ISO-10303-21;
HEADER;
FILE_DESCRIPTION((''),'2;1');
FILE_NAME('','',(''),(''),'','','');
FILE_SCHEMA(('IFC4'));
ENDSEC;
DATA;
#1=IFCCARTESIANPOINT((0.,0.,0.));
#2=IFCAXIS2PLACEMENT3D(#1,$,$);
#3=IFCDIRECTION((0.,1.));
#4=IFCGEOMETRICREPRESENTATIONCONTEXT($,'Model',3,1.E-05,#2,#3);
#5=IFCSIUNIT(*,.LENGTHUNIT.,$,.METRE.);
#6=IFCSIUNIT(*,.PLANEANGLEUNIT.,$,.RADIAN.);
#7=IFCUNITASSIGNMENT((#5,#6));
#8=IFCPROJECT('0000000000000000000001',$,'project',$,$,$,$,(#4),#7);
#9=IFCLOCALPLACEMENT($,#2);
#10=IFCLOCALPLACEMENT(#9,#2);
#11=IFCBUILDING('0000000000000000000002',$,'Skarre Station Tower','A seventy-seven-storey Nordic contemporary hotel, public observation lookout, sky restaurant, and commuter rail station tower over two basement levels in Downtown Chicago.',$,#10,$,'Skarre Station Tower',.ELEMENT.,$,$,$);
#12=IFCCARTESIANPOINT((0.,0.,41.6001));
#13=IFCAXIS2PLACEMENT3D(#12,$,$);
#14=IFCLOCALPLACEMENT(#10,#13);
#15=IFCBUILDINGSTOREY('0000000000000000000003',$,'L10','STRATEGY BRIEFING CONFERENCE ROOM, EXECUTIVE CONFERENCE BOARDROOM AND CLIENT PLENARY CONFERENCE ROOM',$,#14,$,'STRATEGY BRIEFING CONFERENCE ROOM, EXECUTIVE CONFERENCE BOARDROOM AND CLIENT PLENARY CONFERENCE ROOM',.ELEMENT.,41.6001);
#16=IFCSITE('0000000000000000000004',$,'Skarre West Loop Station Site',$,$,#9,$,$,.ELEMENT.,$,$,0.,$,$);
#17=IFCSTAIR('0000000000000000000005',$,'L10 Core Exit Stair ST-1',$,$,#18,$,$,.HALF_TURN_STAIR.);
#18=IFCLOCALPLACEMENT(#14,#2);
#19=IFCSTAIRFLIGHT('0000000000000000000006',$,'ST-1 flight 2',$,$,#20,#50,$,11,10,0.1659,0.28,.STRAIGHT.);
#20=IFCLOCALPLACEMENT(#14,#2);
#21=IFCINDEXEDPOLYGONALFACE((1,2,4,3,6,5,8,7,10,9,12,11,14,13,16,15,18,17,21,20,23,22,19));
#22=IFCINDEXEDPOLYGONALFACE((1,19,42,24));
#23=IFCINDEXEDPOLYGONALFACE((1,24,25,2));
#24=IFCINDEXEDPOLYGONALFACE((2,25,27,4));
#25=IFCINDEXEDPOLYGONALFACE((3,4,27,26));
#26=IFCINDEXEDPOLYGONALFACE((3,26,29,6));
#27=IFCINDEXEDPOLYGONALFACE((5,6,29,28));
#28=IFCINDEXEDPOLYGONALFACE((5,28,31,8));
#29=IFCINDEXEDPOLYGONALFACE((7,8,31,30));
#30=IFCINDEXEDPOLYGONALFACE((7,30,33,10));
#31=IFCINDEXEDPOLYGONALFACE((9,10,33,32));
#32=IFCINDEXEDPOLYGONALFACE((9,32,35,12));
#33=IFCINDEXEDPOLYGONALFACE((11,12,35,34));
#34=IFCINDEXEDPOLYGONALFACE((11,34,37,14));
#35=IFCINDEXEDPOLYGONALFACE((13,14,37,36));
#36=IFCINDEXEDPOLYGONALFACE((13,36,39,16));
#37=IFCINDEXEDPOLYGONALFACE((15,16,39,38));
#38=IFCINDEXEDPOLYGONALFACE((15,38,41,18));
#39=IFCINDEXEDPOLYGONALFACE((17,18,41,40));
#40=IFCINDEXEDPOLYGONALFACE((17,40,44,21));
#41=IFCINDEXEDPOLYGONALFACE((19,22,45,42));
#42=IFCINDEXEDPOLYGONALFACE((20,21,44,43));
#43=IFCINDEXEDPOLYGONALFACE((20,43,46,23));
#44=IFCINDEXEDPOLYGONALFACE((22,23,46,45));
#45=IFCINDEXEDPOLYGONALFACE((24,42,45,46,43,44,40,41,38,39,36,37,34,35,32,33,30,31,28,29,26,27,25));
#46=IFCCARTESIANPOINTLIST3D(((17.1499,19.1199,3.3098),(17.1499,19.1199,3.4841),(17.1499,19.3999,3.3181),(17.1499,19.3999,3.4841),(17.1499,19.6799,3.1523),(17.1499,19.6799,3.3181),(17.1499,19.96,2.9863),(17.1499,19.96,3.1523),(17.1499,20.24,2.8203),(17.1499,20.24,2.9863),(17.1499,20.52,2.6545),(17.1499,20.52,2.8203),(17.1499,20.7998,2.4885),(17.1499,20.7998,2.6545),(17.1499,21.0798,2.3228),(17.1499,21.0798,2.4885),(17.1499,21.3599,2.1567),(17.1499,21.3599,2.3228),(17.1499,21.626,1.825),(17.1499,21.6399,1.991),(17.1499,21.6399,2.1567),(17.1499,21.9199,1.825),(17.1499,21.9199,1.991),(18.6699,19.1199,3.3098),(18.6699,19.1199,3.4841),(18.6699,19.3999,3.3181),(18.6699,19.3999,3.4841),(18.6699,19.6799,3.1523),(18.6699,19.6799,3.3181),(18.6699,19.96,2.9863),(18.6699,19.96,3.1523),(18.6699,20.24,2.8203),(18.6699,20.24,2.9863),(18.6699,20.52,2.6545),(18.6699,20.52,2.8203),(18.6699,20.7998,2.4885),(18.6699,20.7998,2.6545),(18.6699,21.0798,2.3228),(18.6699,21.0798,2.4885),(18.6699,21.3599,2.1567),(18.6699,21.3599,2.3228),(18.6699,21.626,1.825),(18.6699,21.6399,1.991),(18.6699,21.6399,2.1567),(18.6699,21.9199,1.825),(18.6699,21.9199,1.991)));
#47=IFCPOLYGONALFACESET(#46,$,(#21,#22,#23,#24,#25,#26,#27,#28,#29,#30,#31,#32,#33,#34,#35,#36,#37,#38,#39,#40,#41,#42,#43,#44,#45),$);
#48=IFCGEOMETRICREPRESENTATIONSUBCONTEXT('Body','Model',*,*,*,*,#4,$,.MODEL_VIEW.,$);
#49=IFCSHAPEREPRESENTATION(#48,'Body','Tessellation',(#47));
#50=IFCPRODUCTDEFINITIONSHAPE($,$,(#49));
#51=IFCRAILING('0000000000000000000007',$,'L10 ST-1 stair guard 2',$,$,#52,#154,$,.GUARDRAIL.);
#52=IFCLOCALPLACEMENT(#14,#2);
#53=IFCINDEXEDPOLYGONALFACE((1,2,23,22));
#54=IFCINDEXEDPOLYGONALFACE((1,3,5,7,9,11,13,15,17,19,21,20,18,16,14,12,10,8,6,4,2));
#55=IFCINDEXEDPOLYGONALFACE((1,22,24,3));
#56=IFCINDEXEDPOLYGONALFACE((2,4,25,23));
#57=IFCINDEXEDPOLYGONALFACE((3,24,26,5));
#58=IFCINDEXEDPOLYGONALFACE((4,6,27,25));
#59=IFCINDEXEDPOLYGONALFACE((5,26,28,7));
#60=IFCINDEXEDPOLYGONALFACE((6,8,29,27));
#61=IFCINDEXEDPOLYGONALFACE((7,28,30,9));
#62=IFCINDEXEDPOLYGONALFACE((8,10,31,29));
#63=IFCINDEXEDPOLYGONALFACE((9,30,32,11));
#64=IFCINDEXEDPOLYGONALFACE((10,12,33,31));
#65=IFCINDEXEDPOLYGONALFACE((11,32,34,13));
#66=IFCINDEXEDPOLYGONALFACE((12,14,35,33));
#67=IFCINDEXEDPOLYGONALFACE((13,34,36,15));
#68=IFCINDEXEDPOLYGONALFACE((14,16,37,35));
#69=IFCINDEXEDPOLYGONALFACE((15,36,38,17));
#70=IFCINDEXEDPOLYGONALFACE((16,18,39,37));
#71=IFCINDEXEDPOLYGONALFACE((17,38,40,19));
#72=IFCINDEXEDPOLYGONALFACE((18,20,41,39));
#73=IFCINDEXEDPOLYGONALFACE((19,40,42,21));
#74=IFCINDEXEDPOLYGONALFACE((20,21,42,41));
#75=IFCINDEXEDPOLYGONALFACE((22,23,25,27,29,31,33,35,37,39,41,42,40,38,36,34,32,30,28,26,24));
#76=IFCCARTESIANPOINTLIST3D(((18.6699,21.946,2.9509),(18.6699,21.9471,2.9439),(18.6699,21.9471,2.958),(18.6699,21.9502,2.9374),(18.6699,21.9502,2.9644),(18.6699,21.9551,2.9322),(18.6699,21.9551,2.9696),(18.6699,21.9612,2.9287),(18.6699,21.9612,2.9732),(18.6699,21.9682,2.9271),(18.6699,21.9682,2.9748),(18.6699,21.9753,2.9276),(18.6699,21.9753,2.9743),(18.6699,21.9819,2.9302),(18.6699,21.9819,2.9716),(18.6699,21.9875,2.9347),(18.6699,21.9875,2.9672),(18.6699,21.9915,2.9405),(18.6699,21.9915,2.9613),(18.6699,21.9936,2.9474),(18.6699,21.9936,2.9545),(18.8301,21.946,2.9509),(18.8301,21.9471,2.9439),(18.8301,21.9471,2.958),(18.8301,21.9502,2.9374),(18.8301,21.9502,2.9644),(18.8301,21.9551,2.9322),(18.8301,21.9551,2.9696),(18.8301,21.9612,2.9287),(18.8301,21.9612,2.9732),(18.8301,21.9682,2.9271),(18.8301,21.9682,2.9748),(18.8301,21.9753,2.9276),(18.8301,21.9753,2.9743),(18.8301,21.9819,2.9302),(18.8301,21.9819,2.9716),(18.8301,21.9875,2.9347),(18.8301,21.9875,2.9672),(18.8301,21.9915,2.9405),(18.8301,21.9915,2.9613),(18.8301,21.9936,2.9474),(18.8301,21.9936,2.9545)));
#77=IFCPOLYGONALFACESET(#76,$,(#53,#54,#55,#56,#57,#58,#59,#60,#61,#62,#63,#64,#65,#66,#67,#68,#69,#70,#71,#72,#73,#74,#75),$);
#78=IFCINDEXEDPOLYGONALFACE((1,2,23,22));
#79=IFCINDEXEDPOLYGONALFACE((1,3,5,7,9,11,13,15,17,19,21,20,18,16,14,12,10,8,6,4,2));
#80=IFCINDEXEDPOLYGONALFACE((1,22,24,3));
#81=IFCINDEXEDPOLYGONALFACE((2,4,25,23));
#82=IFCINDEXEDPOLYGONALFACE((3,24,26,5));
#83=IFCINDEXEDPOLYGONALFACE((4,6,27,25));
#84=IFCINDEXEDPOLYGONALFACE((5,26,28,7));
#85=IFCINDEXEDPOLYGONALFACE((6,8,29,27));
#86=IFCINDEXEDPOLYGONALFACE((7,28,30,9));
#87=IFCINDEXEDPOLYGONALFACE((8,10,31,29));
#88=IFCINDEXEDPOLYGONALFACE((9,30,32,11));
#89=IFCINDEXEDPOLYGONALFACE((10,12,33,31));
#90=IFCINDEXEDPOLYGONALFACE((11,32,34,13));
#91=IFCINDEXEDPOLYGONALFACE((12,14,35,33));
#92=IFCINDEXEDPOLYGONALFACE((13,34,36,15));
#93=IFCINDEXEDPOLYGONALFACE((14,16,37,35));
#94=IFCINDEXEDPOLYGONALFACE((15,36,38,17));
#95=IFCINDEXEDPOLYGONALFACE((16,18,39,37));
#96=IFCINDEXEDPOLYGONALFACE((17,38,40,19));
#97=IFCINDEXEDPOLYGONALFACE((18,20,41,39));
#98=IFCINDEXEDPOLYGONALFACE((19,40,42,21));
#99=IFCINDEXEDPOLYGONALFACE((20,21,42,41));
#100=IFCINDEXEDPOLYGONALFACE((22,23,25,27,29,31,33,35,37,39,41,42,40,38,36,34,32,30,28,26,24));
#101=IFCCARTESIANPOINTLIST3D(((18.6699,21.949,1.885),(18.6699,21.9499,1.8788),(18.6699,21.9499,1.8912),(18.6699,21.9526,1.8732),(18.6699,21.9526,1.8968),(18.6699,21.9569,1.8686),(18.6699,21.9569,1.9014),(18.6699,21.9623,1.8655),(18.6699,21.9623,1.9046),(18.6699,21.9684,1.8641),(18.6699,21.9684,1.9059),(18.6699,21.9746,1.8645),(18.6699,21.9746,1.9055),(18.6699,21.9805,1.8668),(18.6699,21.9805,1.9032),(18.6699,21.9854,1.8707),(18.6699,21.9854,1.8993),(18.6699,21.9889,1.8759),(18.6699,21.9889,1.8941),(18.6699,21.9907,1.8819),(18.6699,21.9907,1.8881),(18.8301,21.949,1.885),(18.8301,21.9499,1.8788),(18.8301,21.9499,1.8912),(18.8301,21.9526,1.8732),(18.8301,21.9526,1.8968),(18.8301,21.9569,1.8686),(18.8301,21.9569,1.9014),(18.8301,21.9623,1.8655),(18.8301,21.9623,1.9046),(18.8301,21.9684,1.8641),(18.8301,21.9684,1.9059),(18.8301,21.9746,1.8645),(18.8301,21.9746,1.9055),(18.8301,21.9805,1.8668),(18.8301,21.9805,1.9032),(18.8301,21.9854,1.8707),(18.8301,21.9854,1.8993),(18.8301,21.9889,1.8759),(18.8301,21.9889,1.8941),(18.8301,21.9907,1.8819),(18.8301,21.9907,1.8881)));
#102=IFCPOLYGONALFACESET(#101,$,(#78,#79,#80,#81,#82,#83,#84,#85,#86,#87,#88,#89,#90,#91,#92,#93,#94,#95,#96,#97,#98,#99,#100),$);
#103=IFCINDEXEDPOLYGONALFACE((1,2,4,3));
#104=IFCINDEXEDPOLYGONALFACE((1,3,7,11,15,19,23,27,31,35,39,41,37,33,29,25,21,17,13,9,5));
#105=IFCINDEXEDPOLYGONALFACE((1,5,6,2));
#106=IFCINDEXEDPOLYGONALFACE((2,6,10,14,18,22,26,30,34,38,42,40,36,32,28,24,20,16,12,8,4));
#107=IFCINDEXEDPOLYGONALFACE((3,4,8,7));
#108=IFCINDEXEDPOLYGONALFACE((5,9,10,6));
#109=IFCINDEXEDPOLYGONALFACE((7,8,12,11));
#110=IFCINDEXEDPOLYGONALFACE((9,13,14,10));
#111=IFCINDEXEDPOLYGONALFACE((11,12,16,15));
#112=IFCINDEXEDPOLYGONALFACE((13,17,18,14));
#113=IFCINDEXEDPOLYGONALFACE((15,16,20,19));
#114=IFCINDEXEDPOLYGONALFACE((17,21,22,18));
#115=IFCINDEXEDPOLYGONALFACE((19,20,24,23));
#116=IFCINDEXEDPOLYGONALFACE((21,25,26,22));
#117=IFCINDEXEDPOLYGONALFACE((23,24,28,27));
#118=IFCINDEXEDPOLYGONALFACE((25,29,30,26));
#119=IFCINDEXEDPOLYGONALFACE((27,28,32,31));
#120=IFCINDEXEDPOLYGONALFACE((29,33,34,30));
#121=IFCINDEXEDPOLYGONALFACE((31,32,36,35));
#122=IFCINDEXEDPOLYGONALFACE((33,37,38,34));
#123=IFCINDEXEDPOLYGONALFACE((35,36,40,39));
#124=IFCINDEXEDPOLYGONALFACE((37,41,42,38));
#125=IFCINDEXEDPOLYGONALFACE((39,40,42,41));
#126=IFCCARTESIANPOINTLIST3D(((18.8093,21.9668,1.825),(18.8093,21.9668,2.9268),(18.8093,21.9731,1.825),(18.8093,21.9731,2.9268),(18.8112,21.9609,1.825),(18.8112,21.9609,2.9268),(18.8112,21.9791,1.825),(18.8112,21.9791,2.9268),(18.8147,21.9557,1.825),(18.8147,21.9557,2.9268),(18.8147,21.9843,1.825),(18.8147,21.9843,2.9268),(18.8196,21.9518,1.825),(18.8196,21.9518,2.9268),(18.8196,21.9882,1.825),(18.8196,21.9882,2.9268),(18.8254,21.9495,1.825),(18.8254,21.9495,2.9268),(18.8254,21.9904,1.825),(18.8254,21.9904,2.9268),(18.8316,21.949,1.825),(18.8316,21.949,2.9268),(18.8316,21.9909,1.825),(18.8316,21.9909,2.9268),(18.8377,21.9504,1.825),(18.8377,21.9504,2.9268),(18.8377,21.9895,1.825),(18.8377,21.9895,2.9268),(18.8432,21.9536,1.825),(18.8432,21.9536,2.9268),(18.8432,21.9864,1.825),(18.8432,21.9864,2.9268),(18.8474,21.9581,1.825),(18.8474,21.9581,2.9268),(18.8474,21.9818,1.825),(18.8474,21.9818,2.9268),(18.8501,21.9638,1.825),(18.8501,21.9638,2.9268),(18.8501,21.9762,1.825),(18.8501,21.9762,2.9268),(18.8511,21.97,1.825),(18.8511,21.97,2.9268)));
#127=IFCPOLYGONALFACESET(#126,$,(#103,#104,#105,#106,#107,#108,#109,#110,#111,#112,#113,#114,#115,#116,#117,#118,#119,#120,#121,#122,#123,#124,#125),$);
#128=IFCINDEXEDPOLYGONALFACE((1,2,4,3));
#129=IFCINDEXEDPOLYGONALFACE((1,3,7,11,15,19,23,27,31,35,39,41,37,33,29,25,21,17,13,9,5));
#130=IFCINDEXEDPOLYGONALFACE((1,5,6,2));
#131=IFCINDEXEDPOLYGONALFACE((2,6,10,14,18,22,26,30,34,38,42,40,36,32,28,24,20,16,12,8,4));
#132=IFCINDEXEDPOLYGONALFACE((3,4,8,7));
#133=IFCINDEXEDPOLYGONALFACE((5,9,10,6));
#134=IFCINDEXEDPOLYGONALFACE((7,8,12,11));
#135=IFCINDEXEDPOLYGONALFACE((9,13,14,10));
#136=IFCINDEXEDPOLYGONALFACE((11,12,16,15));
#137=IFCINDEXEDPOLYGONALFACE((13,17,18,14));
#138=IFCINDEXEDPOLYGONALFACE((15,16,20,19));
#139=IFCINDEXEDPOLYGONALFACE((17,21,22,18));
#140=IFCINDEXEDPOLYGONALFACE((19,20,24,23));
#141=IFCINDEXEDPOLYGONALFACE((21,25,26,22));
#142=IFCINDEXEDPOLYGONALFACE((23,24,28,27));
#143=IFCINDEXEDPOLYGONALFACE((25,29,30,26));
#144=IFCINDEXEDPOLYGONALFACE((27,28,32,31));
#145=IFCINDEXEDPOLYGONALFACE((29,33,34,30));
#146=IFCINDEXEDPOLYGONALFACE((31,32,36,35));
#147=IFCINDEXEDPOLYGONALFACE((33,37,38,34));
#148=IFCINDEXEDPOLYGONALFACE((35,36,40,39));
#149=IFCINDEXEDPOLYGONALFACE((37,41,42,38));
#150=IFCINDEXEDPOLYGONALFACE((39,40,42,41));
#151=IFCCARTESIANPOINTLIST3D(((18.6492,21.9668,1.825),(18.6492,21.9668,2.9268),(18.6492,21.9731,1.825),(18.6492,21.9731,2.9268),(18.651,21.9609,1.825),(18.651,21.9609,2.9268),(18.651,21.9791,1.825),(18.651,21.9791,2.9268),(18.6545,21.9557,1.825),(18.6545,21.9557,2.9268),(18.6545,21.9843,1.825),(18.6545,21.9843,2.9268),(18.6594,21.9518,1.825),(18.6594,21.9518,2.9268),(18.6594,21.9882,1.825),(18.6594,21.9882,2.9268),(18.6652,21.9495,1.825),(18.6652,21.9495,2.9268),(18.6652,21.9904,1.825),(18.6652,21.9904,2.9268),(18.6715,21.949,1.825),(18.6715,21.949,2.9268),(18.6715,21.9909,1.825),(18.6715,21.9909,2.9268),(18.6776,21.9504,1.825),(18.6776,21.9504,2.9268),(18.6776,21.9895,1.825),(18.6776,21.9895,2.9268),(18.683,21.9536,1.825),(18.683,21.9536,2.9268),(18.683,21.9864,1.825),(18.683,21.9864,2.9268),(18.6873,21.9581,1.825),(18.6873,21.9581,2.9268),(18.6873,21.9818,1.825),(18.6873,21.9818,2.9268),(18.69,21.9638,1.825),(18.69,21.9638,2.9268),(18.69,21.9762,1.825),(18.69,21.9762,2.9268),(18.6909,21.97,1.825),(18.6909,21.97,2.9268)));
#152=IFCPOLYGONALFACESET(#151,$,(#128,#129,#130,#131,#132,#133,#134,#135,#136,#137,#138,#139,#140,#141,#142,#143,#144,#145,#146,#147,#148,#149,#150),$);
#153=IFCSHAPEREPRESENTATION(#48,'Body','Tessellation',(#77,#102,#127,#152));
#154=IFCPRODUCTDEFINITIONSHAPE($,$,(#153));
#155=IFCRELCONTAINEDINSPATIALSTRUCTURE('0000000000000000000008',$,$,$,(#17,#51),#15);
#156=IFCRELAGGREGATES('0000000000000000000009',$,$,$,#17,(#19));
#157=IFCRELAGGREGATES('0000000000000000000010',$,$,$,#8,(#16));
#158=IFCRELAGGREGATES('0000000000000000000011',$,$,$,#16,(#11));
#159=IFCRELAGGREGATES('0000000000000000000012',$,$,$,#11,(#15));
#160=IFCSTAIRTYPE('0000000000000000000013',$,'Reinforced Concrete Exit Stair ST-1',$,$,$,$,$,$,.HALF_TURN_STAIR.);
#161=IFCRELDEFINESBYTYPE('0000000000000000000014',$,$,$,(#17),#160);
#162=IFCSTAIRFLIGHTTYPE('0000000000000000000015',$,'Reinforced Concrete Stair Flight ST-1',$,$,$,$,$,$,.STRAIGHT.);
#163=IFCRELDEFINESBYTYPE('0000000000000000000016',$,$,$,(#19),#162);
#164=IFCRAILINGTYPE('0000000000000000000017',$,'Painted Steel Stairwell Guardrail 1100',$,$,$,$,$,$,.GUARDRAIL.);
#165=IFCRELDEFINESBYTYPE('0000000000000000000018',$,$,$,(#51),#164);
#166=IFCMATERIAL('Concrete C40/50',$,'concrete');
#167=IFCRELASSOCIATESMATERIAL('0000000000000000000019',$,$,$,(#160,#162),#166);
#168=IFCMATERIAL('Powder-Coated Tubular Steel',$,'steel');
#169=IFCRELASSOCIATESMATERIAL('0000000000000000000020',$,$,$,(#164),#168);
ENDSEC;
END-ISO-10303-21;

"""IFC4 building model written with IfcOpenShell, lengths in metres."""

from ifc_helpers import new_model, si_unit, direction, frame, origin, origin_2d, place, context, subcontext, project, spatial, polyline, circle, outline, extrude, material, type_object, element, aggregate, save


model = new_model("IFC4")

# Units and contexts
model_context = context("Model", 3, precision=1e-05, world=origin(), true_north=direction((0.0, 1.0)))
body_context = subcontext(model_context, "Body", "Model", "MODEL_VIEW")
ifc_project = project(units=[si_unit("LENGTHUNIT", "METRE"), si_unit("PLANEANGLEUNIT", "RADIAN")], contexts=[model_context])

# Site, building, storey
site_placement = place(None, origin())
site = spatial("IfcSite", under=ifc_project, at=site_placement, Name="Skarre West Loop Station Site", CompositionType="ELEMENT", RefElevation=0.0)
building_placement = place(site_placement, origin())
building = spatial("IfcBuilding", under=site, at=building_placement, Name="Skarre Station Tower", Description="A seventy-seven-storey Nordic contemporary hotel, public observation lookout, sky restaurant, and commuter rail station tower over two basement levels in Downtown Chicago.", LongName="Skarre Station Tower", CompositionType="ELEMENT")
storey_placement = place(building_placement, frame((0.0, 0.0, 41.6001)))
storey = spatial("IfcBuildingStorey", under=building, at=storey_placement, Name="L10", Description="STRATEGY BRIEFING CONFERENCE ROOM, EXECUTIVE CONFERENCE BOARDROOM AND CLIENT PLENARY CONFERENCE ROOM", LongName="STRATEGY BRIEFING CONFERENCE ROOM, EXECUTIVE CONFERENCE BOARDROOM AND CLIENT PLENARY CONFERENCE ROOM", CompositionType="ELEMENT", Elevation=41.6001)

# Stair, stair flight
ifc_material_1 = material(Name="Concrete C40/50", Category="concrete")
stair_type = type_object("IfcStairType", Name="Reinforced Concrete Exit Stair ST-1", PredefinedType="HALF_TURN_STAIR", material=ifc_material_1)
stair_placement = place(storey_placement, origin())
stair = element("IfcStair", 1, at=stair_placement, inside=storey, type_object=stair_type, Name="L10 Core Exit Stair ST-1", PredefinedType="HALF_TURN_STAIR")
stair_flight_type = type_object("IfcStairFlightType", Name="Reinforced Concrete Stair Flight ST-1", PredefinedType="STRAIGHT", material=ifc_material_1)
stair_flight_placement = place(storey_placement, frame((17.9099, 21.9199, 1.825), z_axis=(0.0, 0.0, 1.0), x_axis=(0.0, -1.0, 0.0)))
stair_flight = element("IfcStairFlight", 2, at=stair_flight_placement, type_object=stair_flight_type, Name="ST-1 flight 2", NumberOfRisers=11, NumberOfTreads=10, PredefinedType="STRAIGHT", RiserHeight=0.1659, TreadLength=0.28, context=body_context, shape_type="SweptSolid", body=[
    extrude(outline(polyline([(0.0, 0.0), (0.0, 0.166), (0.28, 0.166), (0.28, 0.3318), (0.5601, 0.3318), (0.5601, 0.4978), (0.8401, 0.4978), (0.8401, 0.6636), (1.1201, 0.6636), (1.1201, 0.8296), (1.3999, 0.8296), (1.3999, 0.9954), (1.6799, 0.9954), (1.6799, 1.1614), (1.96, 1.1614), (1.96, 1.3274), (2.24, 1.3274), (2.24, 1.4932), (2.52, 1.4932), (2.52, 1.6592), (2.8, 1.6592), (2.8, 1.825), (2.8, 1.4849), (0.2939, 0.0), (0.0, 0.0)])), frame((0.0, 0.76, 0.0), z_axis=(0.0, -1.0, 0.0), x_axis=(1.0, 0.0, 0.0)), (0.0, 0.0, 1.0), 1.52),
])
aggregate(stair, [stair_flight])

# Railing
ifc_material_2 = material(Name="Powder-Coated Tubular Steel", Category="steel")
railing_type = type_object("IfcRailingType", Name="Painted Steel Stairwell Guardrail 1100", PredefinedType="GUARDRAIL", material=ifc_material_2)
railing_1_placement = place(storey_placement, frame((18.8301, 21.97, 1.825)))
element("IfcRailing", 3, at=railing_1_placement, inside=storey, type_object=railing_type, Name="L10 ST-1 stair guard 2", PredefinedType="GUARDRAIL", context=body_context, shape_type="SweptSolid", body=[
    extrude(circle(Radius=0.0239, at=origin_2d()), frame((0.0, 0.0, 1.126), z_axis=(-1.0, 0.0, 0.0), x_axis=(0.0, -1.0, 0.0)), (0.0, 0.0, 1.0), 0.1602),
    extrude(circle(Radius=0.021, at=origin_2d()), frame((0.0, 0.0, 0.0601), z_axis=(-1.0, 0.0, 0.0), x_axis=(0.0, -1.0, 0.0)), (0.0, 0.0, 1.0), 0.1602),
    extrude(circle(Radius=0.021, at=origin_2d()), origin(), (0.0, 0.0, 1.0), 1.1018),
    extrude(circle(Radius=0.021, at=origin_2d()), frame((-0.1602, 0.0, 0.0)), (0.0, 0.0, 1.0), 1.1018),
])

save(model, "model.ifc")
